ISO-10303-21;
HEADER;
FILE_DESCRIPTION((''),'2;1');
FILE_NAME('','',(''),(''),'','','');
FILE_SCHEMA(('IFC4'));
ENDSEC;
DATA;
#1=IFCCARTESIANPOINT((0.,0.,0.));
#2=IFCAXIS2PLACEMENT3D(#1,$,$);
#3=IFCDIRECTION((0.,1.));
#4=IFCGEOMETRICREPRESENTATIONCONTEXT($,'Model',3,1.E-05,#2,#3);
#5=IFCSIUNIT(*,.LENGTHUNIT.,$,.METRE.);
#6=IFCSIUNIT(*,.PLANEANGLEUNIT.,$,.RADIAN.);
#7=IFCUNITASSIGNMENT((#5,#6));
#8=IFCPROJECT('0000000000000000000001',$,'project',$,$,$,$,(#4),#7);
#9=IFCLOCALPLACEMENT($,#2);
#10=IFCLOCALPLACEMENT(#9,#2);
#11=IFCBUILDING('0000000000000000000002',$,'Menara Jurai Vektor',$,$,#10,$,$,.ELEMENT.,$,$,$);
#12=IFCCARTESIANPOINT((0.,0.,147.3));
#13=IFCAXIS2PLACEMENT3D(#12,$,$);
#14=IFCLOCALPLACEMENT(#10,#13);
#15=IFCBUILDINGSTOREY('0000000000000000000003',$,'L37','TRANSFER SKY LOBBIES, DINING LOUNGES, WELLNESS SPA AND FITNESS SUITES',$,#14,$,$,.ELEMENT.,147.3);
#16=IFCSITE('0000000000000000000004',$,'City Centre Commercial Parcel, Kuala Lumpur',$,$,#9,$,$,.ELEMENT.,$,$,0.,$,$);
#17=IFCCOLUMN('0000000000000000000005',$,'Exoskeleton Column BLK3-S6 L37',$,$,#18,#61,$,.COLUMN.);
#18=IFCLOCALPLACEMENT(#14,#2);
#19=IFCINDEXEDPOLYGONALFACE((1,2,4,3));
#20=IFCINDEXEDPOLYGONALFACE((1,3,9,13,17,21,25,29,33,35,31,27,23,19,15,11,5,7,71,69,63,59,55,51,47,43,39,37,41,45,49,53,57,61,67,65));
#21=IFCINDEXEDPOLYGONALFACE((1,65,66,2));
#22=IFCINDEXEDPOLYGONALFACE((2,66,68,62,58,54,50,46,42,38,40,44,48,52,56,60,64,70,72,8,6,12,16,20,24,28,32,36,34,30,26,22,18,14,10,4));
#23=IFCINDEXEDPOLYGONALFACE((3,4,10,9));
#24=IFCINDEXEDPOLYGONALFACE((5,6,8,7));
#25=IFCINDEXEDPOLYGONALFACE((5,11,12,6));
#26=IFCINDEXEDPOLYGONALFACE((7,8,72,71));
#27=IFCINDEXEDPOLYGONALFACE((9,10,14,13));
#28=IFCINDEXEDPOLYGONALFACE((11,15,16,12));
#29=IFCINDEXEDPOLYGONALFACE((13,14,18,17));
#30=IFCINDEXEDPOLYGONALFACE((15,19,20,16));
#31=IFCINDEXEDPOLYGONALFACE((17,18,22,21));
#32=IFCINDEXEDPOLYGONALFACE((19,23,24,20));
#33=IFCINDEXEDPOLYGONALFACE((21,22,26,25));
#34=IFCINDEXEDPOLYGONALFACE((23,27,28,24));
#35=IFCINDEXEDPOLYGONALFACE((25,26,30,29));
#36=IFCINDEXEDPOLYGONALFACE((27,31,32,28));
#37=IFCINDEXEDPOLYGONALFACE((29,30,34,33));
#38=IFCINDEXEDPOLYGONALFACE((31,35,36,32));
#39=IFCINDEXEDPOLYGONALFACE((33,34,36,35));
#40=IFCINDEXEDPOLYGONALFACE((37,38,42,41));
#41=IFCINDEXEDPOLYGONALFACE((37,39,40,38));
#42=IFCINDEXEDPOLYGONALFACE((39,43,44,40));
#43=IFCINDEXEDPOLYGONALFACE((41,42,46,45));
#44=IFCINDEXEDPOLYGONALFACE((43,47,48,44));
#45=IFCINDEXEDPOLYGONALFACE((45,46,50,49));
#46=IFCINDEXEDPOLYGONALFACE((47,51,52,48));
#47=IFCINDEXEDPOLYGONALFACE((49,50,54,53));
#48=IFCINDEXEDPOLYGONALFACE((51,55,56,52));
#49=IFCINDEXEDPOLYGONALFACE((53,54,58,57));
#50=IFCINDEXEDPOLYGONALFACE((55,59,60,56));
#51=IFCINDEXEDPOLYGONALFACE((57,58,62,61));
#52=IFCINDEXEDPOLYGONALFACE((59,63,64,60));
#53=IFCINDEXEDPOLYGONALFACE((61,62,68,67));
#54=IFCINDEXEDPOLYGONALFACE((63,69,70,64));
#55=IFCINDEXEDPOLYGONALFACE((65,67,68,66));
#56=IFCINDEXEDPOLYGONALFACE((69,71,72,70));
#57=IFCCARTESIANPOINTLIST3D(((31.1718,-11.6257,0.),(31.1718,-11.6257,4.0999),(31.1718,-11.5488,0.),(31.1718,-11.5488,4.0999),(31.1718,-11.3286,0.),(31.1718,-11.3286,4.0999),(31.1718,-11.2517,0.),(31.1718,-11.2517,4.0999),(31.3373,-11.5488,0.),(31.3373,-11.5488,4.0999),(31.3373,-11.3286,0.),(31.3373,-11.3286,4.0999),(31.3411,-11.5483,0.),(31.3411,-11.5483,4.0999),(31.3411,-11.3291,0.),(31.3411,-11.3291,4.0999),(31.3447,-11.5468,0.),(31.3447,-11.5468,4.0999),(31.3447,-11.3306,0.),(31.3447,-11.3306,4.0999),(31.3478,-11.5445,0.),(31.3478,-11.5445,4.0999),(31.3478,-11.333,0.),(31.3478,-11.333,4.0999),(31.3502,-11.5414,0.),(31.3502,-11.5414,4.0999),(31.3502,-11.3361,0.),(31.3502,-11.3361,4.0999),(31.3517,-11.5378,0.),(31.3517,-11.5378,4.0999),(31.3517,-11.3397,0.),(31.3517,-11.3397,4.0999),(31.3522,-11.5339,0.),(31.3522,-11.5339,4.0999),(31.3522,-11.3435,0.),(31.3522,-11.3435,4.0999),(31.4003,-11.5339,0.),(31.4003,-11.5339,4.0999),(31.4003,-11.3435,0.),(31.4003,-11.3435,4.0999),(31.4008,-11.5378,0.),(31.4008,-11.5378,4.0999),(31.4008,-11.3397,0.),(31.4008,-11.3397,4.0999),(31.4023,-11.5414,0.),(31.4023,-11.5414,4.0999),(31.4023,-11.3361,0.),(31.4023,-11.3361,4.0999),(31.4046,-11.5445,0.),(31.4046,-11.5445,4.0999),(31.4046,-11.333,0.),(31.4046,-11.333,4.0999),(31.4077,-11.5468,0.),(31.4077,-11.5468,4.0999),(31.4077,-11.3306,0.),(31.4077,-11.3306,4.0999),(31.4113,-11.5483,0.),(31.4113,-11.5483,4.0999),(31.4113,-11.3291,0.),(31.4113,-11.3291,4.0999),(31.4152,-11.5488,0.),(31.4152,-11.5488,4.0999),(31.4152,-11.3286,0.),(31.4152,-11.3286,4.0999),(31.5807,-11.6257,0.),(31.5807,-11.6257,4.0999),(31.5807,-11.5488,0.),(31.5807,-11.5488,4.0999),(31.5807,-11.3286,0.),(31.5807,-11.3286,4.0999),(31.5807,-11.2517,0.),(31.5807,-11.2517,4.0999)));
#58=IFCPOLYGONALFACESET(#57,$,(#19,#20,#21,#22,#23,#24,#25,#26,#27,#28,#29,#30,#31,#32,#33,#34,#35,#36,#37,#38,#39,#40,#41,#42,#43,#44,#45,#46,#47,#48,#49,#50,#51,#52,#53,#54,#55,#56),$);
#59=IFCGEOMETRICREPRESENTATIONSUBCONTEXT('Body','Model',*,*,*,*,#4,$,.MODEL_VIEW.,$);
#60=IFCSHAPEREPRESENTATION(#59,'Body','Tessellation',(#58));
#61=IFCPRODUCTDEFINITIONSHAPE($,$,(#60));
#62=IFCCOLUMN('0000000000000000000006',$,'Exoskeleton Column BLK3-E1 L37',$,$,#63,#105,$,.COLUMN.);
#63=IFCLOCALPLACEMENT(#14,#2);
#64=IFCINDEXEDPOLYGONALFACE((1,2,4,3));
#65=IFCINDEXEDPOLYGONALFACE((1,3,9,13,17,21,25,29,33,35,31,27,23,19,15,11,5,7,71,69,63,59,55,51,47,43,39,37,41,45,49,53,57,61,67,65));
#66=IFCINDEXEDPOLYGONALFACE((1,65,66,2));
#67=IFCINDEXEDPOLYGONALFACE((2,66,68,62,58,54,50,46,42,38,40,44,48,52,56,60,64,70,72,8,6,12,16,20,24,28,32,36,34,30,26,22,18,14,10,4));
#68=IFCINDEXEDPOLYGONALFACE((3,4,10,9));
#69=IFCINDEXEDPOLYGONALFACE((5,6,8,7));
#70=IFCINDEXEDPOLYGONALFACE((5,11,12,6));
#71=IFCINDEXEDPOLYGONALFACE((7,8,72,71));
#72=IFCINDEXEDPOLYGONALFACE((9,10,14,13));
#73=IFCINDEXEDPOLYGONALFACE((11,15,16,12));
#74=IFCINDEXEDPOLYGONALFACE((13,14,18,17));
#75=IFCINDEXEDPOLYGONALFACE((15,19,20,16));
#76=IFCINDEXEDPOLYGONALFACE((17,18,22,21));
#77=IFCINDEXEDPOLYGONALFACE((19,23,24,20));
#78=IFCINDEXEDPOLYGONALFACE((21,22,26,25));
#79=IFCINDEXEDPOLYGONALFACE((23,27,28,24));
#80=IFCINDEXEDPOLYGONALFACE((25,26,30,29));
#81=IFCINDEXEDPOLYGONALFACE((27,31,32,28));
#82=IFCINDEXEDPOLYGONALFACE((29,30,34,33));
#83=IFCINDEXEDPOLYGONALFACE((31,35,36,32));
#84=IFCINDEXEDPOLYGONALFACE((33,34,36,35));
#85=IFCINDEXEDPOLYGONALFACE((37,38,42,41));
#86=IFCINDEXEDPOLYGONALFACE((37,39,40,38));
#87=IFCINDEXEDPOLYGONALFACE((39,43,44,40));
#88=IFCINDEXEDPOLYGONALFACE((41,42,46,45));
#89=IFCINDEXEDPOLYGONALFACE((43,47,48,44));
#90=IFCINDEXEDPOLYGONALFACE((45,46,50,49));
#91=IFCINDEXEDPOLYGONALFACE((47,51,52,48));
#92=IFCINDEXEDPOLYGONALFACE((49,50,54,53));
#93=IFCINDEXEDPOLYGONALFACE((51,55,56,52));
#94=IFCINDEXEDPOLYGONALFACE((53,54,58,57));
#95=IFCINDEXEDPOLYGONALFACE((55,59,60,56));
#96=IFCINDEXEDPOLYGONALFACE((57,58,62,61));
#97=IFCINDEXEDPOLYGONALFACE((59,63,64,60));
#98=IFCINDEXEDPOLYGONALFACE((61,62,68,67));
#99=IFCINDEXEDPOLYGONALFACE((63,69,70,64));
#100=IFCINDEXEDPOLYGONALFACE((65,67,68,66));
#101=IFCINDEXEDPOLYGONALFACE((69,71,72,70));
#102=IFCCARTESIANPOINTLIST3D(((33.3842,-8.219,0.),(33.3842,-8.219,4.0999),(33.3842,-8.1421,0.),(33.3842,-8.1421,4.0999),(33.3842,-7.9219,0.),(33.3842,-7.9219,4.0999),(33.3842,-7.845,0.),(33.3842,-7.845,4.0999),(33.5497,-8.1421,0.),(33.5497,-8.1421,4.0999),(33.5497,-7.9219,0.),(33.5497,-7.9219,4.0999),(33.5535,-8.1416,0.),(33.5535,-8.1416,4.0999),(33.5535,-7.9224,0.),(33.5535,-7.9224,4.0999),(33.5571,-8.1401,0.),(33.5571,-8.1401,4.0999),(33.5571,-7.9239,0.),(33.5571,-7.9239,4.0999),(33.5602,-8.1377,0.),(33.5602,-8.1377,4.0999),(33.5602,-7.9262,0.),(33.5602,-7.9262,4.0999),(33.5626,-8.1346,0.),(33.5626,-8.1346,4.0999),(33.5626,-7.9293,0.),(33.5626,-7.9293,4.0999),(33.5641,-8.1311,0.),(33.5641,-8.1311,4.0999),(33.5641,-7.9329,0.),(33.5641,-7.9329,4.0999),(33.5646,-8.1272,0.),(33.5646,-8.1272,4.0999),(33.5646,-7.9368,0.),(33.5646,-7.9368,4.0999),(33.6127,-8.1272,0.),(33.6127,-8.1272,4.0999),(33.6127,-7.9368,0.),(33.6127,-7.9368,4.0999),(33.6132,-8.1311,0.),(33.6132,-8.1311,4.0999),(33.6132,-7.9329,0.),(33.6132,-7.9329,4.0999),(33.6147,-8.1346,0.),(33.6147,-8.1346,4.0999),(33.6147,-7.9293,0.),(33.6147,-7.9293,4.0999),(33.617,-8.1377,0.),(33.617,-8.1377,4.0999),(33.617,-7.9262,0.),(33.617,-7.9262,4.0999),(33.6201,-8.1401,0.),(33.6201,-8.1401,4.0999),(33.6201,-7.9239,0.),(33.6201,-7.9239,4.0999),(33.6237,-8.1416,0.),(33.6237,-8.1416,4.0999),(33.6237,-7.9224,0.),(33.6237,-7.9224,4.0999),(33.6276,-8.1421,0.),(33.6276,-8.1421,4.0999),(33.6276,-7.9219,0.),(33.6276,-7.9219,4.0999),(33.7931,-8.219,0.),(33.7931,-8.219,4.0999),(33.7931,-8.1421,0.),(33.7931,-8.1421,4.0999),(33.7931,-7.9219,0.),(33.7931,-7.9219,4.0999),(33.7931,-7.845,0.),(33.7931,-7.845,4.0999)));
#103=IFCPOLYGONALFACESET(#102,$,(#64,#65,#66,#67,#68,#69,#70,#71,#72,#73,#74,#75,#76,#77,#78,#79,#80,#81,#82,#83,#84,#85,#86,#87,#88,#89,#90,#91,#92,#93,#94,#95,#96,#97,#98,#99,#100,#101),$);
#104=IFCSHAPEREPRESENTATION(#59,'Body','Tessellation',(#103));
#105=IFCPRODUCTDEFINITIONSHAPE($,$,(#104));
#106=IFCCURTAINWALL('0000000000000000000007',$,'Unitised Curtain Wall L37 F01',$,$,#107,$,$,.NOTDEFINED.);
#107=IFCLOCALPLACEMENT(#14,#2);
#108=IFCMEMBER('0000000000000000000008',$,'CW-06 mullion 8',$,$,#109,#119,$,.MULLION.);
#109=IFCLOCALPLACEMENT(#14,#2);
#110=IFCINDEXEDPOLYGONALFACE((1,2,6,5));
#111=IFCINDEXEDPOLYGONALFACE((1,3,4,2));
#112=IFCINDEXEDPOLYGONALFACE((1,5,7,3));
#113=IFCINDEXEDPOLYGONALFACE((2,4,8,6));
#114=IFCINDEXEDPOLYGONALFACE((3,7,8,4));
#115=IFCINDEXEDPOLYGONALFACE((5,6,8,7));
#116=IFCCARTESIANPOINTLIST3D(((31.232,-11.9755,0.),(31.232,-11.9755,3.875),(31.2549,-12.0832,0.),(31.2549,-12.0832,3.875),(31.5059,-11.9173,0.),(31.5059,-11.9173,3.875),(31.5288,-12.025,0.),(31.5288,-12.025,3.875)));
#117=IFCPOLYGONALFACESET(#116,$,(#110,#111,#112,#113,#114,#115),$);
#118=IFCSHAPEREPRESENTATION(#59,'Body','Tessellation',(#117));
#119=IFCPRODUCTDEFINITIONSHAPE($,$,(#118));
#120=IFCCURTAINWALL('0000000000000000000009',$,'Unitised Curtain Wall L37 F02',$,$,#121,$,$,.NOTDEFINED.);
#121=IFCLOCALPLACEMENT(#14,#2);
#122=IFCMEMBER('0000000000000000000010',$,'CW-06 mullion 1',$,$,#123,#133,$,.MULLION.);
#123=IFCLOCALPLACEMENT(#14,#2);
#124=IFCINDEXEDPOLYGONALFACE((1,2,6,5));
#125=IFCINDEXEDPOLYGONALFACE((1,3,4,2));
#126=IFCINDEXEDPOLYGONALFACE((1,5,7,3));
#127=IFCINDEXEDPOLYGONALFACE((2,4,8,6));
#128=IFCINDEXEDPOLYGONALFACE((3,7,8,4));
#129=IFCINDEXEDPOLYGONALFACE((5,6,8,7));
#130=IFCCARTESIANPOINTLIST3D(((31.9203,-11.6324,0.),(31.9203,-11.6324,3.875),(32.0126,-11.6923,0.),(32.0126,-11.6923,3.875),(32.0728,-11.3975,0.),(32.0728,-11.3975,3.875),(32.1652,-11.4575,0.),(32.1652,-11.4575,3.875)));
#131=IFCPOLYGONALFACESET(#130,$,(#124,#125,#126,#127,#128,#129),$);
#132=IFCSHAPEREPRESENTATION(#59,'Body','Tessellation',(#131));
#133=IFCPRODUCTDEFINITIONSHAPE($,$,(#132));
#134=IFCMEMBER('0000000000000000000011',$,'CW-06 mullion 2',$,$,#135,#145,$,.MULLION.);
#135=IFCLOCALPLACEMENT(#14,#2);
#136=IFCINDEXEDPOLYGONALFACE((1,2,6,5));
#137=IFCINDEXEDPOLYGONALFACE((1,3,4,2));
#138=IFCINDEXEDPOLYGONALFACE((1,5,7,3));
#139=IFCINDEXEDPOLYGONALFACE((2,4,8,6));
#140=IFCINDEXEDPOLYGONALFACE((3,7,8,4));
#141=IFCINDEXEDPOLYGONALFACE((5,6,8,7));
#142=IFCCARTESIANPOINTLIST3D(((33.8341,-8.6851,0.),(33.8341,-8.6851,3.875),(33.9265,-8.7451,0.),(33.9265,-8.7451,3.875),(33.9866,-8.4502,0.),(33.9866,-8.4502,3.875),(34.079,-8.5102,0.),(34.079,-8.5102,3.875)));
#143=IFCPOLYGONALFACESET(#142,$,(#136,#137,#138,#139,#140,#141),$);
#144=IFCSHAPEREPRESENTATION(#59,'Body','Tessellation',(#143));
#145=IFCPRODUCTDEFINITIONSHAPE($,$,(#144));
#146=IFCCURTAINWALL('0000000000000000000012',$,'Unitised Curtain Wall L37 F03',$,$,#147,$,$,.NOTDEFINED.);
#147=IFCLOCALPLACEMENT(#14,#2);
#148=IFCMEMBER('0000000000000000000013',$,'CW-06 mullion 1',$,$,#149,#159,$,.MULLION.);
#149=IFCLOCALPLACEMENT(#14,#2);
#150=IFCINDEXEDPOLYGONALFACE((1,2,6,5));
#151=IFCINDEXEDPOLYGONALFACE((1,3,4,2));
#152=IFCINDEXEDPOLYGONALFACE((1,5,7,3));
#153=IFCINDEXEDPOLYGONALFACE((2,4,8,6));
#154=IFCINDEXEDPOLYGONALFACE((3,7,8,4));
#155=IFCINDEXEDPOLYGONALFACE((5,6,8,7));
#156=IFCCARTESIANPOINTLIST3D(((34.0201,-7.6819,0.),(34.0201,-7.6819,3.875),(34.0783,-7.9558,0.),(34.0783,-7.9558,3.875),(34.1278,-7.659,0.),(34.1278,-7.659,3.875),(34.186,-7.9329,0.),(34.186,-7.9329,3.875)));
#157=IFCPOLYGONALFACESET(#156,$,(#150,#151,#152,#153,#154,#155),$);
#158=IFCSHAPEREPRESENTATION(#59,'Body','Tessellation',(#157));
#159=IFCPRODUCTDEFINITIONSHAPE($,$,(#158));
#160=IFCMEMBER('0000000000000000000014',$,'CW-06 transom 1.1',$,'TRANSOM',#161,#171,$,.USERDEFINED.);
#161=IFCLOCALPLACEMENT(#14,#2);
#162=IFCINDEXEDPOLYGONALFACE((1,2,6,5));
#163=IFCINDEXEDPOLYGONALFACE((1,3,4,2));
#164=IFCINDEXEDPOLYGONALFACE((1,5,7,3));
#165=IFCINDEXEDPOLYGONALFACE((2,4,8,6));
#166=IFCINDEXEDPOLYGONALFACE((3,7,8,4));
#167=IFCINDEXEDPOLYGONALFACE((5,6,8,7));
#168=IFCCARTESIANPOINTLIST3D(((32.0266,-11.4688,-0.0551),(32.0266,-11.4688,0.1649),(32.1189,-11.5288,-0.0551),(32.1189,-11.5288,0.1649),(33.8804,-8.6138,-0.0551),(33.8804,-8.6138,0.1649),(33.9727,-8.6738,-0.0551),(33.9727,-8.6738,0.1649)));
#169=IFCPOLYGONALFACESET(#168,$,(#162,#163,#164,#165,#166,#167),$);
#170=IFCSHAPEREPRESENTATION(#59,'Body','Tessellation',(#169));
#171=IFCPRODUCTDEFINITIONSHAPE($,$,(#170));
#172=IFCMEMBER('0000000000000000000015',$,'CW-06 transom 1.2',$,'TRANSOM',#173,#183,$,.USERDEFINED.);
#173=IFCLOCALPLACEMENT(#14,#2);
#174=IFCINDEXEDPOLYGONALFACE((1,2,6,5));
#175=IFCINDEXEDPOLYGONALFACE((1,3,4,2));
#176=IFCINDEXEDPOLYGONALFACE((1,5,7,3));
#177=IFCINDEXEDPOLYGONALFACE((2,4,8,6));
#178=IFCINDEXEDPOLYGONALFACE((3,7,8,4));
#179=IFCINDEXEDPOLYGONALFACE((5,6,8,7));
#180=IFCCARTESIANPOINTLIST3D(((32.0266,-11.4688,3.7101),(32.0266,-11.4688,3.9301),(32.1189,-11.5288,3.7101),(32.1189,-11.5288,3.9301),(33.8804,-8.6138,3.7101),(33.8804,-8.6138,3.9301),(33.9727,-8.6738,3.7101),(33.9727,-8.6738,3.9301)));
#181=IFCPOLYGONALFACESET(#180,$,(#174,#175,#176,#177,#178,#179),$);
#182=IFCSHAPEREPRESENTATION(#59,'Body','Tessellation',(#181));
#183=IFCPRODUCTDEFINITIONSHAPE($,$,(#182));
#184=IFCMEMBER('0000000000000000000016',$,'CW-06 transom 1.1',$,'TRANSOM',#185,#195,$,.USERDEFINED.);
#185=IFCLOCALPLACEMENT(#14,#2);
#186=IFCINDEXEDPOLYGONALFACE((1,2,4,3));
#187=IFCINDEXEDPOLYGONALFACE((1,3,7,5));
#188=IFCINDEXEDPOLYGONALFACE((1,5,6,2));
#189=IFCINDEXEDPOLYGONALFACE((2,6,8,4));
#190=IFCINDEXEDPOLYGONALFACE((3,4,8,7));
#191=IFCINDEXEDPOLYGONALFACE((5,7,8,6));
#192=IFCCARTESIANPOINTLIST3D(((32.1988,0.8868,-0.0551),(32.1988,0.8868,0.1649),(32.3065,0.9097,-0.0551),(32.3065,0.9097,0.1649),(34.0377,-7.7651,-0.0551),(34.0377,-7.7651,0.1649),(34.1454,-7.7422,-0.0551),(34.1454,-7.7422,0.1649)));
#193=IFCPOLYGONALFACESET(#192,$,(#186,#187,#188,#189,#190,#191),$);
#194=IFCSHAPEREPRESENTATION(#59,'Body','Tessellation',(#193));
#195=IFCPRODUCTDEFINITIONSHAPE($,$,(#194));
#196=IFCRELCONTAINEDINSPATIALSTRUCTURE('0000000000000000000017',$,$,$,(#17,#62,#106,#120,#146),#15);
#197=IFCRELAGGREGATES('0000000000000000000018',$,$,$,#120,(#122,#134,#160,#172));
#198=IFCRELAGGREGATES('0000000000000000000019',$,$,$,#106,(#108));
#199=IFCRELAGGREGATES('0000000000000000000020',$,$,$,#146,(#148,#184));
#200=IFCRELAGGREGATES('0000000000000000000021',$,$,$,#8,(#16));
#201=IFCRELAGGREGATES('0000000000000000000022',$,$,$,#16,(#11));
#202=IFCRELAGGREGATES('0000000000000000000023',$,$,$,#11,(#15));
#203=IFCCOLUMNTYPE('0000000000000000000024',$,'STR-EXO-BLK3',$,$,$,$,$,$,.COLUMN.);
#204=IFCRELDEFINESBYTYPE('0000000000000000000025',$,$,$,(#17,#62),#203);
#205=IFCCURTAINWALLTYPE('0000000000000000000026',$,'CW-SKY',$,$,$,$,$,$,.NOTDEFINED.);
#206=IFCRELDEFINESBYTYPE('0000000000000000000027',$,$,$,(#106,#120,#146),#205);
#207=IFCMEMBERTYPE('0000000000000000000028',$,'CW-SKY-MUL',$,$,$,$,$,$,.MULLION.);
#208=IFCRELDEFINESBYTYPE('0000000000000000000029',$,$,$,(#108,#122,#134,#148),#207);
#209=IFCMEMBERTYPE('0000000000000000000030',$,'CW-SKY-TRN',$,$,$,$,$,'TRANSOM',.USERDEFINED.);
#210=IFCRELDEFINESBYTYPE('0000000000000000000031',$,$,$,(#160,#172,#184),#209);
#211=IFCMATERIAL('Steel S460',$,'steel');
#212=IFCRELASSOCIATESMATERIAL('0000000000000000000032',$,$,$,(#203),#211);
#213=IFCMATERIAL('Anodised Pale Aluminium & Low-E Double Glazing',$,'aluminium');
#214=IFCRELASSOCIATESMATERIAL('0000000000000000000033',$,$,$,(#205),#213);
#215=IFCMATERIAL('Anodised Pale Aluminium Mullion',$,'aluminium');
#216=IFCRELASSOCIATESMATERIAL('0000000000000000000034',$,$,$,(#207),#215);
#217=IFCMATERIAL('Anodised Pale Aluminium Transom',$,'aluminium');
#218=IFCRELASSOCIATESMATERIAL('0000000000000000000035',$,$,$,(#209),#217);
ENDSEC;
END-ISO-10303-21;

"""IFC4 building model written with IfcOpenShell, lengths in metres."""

from ifc_helpers import new_model, si_unit, direction, frame, origin, origin_2d, place, context, subcontext, project, spatial, rectangle, i_section, extrude, material, material_profile, profile_set, type_object, element, aggregate, save


model = new_model("IFC4")

# Units and contexts
model_context = context("Model", 3, precision=1e-05, world=origin(), true_north=direction((0.0, 1.0)))
body_context = subcontext(model_context, "Body", "Model", "MODEL_VIEW")
ifc_project = project(units=[si_unit("LENGTHUNIT", "METRE"), si_unit("PLANEANGLEUNIT", "RADIAN")], contexts=[model_context])

# Site, building, storey
site_placement = place(None, origin())
site = spatial("IfcSite", under=ifc_project, at=site_placement, Name="City Centre Commercial Parcel, Kuala Lumpur", CompositionType="ELEMENT", RefElevation=0.0)
building_placement = place(site_placement, origin())
building = spatial("IfcBuilding", under=site, at=building_placement, Name="Menara Jurai Vektor", CompositionType="ELEMENT")
storey_placement = place(building_placement, frame((0.0, 0.0, 147.3)))
storey = spatial("IfcBuildingStorey", under=building, at=storey_placement, Name="L37", Description="TRANSFER SKY LOBBIES, DINING LOUNGES, WELLNESS SPA AND FITNESS SUITES", CompositionType="ELEMENT", Elevation=147.3)

# Columns
ifc_material_1 = material(Name="Steel S460", Category="steel")
ifc_material_profile_1 = material_profile(ifc_material_1, i_section(OverallWidth=0.4089, OverallDepth=0.374, WebThickness=0.0481, FlangeThickness=0.0769, FilletRadius=0.0149, at=origin_2d()), Name="HD 400x634")
ifc_profile_set_1 = profile_set([ifc_material_profile_1], Name="Steel S460")
column_type = type_object("IfcColumnType", Name="STR-EXO-BLK3", PredefinedType="COLUMN", material=ifc_profile_set_1)
for number, where, z_axis, x_axis, name in (
    (1, (31.3762, -11.4387, 0.0), (0.0, 0.0, 1.0), (1.0, 0.0, 0.0), "Exoskeleton Column BLK3-S6 L37"),
    (2, (33.5886, -8.032, 0.0), (0.0, 0.0, 1.0), (1.0, 0.0, 0.0), "Exoskeleton Column BLK3-E1 L37"),
):
    element("IfcColumn", number, at=place(storey_placement, frame(where, z_axis=z_axis, x_axis=x_axis)), inside=storey, type_object=column_type, Name=name, PredefinedType="COLUMN", context=body_context, shape_type="SweptSolid", body=[
        extrude(i_section(OverallWidth=0.4089, OverallDepth=0.374, WebThickness=0.0481, FlangeThickness=0.0769, FilletRadius=0.0149, at=origin_2d()), origin(), (0.0, 0.0, 1.0), 4.0999),
    ])

# Curtain wall, member
ifc_material_2 = material(Name="Anodised Pale Aluminium & Low-E Double Glazing", Category="aluminium")
curtain_wall_type = type_object("IfcCurtainWallType", Name="CW-SKY", PredefinedType="NOTDEFINED", material=ifc_material_2)
curtain_wall_1_placement = place(storey_placement, origin())
curtain_wall_1 = element("IfcCurtainWall", 3, at=curtain_wall_1_placement, inside=storey, type_object=curtain_wall_type, Name="Unitised Curtain Wall L37 F01", PredefinedType="NOTDEFINED")
ifc_material_3 = material(Name="Anodised Pale Aluminium Mullion", Category="aluminium")
ifc_material_profile_2 = material_profile(ifc_material_3, rectangle(XDim=0.1101, YDim=0.28, at=origin_2d()), Name="ALU MUL 110x280")
ifc_profile_set_2 = profile_set([ifc_material_profile_2], Name="Anodised Pale Aluminium Mullion")
member_type_1 = type_object("IfcMemberType", Name="CW-SKY-MUL", PredefinedType="MULLION", material=ifc_profile_set_2)
member_1_placement = place(storey_placement, frame((31.3804, -12.0002, 0.0), z_axis=(0.0, 0.0, 1.0), x_axis=(-0.207911, 0.978148, 0.0)))
member_1 = element("IfcMember", 4, at=member_1_placement, type_object=member_type_1, Name="CW-06 mullion 8", PredefinedType="MULLION", context=body_context, shape_type="SweptSolid", body=[
    extrude(rectangle(XDim=0.1101, YDim=0.28, at=origin_2d()), origin(), (0.0, 0.0, 1.0), 3.875),
])

# Curtain wall, members
curtain_wall_2_placement = place(storey_placement, origin())
curtain_wall_2 = element("IfcCurtainWall", 5, at=curtain_wall_2_placement, inside=storey, type_object=curtain_wall_type, Name="Unitised Curtain Wall L37 F02", PredefinedType="NOTDEFINED")
member_2_placement = place(storey_placement, frame((32.0427, -11.5449, 0.0), z_axis=(0.0, 0.0, 1.0), x_axis=(-0.838684, 0.544618, 0.0)))
member_2 = element("IfcMember", 6, at=member_2_placement, type_object=member_type_1, Name="CW-06 mullion 1", PredefinedType="MULLION", context=body_context, shape_type="SweptSolid", body=[
    extrude(rectangle(XDim=0.1101, YDim=0.28, at=origin_2d()), origin(), (0.0, 0.0, 1.0), 3.875),
])
member_3_placement = place(storey_placement, frame((33.9565, -8.5977, 0.0), z_axis=(0.0, 0.0, 1.0), x_axis=(-0.838684, 0.544618, 0.0)))
member_3 = element("IfcMember", 7, at=member_3_placement, type_object=member_type_1, Name="CW-06 mullion 2", PredefinedType="MULLION", context=body_context, shape_type="SweptSolid", body=[
    extrude(rectangle(XDim=0.1101, YDim=0.28, at=origin_2d()), origin(), (0.0, 0.0, 1.0), 3.875),
])

# Curtain wall, member
curtain_wall_3_placement = place(storey_placement, origin())
curtain_wall_3 = element("IfcCurtainWall", 8, at=curtain_wall_3_placement, inside=storey, type_object=curtain_wall_type, Name="Unitised Curtain Wall L37 F03", PredefinedType="NOTDEFINED")
member_4_placement = place(storey_placement, frame((34.103, -7.8074, 0.0), z_axis=(0.0, 0.0, 1.0), x_axis=(-0.978148, -0.20791, 0.0)))
member_4 = element("IfcMember", 9, at=member_4_placement, type_object=member_type_1, Name="CW-06 mullion 1", PredefinedType="MULLION", context=body_context, shape_type="SweptSolid", body=[
    extrude(rectangle(XDim=0.1101, YDim=0.28, at=origin_2d()), origin(), (0.0, 0.0, 1.0), 3.875),
])

# Members
ifc_material_4 = material(Name="Anodised Pale Aluminium Transom", Category="aluminium")
ifc_material_profile_3 = material_profile(ifc_material_4, rectangle(XDim=0.1101, YDim=0.22, at=origin_2d()), Name="ALU TRN 110x220")
ifc_profile_set_3 = profile_set([ifc_material_profile_3], Name="Anodised Pale Aluminium Transom")
member_type_2 = type_object("IfcMemberType", Name="CW-SKY-TRN", ElementType="TRANSOM", PredefinedType="USERDEFINED", material=ifc_profile_set_3)
member_5_placement = place(storey_placement, frame((32.0728, -11.4988, 0.0549), z_axis=(0.54458, 0.838709, 0.0), x_axis=(-0.838709, 0.54458, 0.0)))
member_5 = element("IfcMember", 10, at=member_5_placement, type_object=member_type_2, Name="CW-06 transom 1.1", ObjectType="TRANSOM", PredefinedType="USERDEFINED", context=body_context, shape_type="SweptSolid", body=[
    extrude(rectangle(XDim=0.1101, YDim=0.22, at=origin_2d()), origin(), (0.0, 0.0, 1.0), 3.4041),
])
member_6_placement = place(storey_placement, frame((32.0728, -11.4988, 3.8201), z_axis=(0.54458, 0.838709, 0.0), x_axis=(-0.838709, 0.54458, 0.0)))
member_6 = element("IfcMember", 11, at=member_6_placement, type_object=member_type_2, Name="CW-06 transom 1.2", ObjectType="TRANSOM", PredefinedType="USERDEFINED", context=body_context, shape_type="SweptSolid", body=[
    extrude(rectangle(XDim=0.1101, YDim=0.22, at=origin_2d()), origin(), (0.0, 0.0, 1.0), 3.4041),
])
member_7_placement = place(storey_placement, frame((34.0916, -7.7537, 0.0549), z_axis=(-0.207896, 0.978151, 0.0), x_axis=(-0.978151, -0.207896, 0.0)))
member_7 = element("IfcMember", 12, at=member_7_placement, type_object=member_type_2, Name="CW-06 transom 1.1", ObjectType="TRANSOM", PredefinedType="USERDEFINED", context=body_context, shape_type="SweptSolid", body=[
    extrude(rectangle(XDim=0.1101, YDim=0.22, at=origin_2d()), origin(), (0.0, 0.0, 1.0), 8.8452),
])

aggregate(curtain_wall_2, [member_2, member_3, member_5, member_6])
aggregate(curtain_wall_1, [member_1])
aggregate(curtain_wall_3, [member_4, member_7])

save(model, "model.ifc")
